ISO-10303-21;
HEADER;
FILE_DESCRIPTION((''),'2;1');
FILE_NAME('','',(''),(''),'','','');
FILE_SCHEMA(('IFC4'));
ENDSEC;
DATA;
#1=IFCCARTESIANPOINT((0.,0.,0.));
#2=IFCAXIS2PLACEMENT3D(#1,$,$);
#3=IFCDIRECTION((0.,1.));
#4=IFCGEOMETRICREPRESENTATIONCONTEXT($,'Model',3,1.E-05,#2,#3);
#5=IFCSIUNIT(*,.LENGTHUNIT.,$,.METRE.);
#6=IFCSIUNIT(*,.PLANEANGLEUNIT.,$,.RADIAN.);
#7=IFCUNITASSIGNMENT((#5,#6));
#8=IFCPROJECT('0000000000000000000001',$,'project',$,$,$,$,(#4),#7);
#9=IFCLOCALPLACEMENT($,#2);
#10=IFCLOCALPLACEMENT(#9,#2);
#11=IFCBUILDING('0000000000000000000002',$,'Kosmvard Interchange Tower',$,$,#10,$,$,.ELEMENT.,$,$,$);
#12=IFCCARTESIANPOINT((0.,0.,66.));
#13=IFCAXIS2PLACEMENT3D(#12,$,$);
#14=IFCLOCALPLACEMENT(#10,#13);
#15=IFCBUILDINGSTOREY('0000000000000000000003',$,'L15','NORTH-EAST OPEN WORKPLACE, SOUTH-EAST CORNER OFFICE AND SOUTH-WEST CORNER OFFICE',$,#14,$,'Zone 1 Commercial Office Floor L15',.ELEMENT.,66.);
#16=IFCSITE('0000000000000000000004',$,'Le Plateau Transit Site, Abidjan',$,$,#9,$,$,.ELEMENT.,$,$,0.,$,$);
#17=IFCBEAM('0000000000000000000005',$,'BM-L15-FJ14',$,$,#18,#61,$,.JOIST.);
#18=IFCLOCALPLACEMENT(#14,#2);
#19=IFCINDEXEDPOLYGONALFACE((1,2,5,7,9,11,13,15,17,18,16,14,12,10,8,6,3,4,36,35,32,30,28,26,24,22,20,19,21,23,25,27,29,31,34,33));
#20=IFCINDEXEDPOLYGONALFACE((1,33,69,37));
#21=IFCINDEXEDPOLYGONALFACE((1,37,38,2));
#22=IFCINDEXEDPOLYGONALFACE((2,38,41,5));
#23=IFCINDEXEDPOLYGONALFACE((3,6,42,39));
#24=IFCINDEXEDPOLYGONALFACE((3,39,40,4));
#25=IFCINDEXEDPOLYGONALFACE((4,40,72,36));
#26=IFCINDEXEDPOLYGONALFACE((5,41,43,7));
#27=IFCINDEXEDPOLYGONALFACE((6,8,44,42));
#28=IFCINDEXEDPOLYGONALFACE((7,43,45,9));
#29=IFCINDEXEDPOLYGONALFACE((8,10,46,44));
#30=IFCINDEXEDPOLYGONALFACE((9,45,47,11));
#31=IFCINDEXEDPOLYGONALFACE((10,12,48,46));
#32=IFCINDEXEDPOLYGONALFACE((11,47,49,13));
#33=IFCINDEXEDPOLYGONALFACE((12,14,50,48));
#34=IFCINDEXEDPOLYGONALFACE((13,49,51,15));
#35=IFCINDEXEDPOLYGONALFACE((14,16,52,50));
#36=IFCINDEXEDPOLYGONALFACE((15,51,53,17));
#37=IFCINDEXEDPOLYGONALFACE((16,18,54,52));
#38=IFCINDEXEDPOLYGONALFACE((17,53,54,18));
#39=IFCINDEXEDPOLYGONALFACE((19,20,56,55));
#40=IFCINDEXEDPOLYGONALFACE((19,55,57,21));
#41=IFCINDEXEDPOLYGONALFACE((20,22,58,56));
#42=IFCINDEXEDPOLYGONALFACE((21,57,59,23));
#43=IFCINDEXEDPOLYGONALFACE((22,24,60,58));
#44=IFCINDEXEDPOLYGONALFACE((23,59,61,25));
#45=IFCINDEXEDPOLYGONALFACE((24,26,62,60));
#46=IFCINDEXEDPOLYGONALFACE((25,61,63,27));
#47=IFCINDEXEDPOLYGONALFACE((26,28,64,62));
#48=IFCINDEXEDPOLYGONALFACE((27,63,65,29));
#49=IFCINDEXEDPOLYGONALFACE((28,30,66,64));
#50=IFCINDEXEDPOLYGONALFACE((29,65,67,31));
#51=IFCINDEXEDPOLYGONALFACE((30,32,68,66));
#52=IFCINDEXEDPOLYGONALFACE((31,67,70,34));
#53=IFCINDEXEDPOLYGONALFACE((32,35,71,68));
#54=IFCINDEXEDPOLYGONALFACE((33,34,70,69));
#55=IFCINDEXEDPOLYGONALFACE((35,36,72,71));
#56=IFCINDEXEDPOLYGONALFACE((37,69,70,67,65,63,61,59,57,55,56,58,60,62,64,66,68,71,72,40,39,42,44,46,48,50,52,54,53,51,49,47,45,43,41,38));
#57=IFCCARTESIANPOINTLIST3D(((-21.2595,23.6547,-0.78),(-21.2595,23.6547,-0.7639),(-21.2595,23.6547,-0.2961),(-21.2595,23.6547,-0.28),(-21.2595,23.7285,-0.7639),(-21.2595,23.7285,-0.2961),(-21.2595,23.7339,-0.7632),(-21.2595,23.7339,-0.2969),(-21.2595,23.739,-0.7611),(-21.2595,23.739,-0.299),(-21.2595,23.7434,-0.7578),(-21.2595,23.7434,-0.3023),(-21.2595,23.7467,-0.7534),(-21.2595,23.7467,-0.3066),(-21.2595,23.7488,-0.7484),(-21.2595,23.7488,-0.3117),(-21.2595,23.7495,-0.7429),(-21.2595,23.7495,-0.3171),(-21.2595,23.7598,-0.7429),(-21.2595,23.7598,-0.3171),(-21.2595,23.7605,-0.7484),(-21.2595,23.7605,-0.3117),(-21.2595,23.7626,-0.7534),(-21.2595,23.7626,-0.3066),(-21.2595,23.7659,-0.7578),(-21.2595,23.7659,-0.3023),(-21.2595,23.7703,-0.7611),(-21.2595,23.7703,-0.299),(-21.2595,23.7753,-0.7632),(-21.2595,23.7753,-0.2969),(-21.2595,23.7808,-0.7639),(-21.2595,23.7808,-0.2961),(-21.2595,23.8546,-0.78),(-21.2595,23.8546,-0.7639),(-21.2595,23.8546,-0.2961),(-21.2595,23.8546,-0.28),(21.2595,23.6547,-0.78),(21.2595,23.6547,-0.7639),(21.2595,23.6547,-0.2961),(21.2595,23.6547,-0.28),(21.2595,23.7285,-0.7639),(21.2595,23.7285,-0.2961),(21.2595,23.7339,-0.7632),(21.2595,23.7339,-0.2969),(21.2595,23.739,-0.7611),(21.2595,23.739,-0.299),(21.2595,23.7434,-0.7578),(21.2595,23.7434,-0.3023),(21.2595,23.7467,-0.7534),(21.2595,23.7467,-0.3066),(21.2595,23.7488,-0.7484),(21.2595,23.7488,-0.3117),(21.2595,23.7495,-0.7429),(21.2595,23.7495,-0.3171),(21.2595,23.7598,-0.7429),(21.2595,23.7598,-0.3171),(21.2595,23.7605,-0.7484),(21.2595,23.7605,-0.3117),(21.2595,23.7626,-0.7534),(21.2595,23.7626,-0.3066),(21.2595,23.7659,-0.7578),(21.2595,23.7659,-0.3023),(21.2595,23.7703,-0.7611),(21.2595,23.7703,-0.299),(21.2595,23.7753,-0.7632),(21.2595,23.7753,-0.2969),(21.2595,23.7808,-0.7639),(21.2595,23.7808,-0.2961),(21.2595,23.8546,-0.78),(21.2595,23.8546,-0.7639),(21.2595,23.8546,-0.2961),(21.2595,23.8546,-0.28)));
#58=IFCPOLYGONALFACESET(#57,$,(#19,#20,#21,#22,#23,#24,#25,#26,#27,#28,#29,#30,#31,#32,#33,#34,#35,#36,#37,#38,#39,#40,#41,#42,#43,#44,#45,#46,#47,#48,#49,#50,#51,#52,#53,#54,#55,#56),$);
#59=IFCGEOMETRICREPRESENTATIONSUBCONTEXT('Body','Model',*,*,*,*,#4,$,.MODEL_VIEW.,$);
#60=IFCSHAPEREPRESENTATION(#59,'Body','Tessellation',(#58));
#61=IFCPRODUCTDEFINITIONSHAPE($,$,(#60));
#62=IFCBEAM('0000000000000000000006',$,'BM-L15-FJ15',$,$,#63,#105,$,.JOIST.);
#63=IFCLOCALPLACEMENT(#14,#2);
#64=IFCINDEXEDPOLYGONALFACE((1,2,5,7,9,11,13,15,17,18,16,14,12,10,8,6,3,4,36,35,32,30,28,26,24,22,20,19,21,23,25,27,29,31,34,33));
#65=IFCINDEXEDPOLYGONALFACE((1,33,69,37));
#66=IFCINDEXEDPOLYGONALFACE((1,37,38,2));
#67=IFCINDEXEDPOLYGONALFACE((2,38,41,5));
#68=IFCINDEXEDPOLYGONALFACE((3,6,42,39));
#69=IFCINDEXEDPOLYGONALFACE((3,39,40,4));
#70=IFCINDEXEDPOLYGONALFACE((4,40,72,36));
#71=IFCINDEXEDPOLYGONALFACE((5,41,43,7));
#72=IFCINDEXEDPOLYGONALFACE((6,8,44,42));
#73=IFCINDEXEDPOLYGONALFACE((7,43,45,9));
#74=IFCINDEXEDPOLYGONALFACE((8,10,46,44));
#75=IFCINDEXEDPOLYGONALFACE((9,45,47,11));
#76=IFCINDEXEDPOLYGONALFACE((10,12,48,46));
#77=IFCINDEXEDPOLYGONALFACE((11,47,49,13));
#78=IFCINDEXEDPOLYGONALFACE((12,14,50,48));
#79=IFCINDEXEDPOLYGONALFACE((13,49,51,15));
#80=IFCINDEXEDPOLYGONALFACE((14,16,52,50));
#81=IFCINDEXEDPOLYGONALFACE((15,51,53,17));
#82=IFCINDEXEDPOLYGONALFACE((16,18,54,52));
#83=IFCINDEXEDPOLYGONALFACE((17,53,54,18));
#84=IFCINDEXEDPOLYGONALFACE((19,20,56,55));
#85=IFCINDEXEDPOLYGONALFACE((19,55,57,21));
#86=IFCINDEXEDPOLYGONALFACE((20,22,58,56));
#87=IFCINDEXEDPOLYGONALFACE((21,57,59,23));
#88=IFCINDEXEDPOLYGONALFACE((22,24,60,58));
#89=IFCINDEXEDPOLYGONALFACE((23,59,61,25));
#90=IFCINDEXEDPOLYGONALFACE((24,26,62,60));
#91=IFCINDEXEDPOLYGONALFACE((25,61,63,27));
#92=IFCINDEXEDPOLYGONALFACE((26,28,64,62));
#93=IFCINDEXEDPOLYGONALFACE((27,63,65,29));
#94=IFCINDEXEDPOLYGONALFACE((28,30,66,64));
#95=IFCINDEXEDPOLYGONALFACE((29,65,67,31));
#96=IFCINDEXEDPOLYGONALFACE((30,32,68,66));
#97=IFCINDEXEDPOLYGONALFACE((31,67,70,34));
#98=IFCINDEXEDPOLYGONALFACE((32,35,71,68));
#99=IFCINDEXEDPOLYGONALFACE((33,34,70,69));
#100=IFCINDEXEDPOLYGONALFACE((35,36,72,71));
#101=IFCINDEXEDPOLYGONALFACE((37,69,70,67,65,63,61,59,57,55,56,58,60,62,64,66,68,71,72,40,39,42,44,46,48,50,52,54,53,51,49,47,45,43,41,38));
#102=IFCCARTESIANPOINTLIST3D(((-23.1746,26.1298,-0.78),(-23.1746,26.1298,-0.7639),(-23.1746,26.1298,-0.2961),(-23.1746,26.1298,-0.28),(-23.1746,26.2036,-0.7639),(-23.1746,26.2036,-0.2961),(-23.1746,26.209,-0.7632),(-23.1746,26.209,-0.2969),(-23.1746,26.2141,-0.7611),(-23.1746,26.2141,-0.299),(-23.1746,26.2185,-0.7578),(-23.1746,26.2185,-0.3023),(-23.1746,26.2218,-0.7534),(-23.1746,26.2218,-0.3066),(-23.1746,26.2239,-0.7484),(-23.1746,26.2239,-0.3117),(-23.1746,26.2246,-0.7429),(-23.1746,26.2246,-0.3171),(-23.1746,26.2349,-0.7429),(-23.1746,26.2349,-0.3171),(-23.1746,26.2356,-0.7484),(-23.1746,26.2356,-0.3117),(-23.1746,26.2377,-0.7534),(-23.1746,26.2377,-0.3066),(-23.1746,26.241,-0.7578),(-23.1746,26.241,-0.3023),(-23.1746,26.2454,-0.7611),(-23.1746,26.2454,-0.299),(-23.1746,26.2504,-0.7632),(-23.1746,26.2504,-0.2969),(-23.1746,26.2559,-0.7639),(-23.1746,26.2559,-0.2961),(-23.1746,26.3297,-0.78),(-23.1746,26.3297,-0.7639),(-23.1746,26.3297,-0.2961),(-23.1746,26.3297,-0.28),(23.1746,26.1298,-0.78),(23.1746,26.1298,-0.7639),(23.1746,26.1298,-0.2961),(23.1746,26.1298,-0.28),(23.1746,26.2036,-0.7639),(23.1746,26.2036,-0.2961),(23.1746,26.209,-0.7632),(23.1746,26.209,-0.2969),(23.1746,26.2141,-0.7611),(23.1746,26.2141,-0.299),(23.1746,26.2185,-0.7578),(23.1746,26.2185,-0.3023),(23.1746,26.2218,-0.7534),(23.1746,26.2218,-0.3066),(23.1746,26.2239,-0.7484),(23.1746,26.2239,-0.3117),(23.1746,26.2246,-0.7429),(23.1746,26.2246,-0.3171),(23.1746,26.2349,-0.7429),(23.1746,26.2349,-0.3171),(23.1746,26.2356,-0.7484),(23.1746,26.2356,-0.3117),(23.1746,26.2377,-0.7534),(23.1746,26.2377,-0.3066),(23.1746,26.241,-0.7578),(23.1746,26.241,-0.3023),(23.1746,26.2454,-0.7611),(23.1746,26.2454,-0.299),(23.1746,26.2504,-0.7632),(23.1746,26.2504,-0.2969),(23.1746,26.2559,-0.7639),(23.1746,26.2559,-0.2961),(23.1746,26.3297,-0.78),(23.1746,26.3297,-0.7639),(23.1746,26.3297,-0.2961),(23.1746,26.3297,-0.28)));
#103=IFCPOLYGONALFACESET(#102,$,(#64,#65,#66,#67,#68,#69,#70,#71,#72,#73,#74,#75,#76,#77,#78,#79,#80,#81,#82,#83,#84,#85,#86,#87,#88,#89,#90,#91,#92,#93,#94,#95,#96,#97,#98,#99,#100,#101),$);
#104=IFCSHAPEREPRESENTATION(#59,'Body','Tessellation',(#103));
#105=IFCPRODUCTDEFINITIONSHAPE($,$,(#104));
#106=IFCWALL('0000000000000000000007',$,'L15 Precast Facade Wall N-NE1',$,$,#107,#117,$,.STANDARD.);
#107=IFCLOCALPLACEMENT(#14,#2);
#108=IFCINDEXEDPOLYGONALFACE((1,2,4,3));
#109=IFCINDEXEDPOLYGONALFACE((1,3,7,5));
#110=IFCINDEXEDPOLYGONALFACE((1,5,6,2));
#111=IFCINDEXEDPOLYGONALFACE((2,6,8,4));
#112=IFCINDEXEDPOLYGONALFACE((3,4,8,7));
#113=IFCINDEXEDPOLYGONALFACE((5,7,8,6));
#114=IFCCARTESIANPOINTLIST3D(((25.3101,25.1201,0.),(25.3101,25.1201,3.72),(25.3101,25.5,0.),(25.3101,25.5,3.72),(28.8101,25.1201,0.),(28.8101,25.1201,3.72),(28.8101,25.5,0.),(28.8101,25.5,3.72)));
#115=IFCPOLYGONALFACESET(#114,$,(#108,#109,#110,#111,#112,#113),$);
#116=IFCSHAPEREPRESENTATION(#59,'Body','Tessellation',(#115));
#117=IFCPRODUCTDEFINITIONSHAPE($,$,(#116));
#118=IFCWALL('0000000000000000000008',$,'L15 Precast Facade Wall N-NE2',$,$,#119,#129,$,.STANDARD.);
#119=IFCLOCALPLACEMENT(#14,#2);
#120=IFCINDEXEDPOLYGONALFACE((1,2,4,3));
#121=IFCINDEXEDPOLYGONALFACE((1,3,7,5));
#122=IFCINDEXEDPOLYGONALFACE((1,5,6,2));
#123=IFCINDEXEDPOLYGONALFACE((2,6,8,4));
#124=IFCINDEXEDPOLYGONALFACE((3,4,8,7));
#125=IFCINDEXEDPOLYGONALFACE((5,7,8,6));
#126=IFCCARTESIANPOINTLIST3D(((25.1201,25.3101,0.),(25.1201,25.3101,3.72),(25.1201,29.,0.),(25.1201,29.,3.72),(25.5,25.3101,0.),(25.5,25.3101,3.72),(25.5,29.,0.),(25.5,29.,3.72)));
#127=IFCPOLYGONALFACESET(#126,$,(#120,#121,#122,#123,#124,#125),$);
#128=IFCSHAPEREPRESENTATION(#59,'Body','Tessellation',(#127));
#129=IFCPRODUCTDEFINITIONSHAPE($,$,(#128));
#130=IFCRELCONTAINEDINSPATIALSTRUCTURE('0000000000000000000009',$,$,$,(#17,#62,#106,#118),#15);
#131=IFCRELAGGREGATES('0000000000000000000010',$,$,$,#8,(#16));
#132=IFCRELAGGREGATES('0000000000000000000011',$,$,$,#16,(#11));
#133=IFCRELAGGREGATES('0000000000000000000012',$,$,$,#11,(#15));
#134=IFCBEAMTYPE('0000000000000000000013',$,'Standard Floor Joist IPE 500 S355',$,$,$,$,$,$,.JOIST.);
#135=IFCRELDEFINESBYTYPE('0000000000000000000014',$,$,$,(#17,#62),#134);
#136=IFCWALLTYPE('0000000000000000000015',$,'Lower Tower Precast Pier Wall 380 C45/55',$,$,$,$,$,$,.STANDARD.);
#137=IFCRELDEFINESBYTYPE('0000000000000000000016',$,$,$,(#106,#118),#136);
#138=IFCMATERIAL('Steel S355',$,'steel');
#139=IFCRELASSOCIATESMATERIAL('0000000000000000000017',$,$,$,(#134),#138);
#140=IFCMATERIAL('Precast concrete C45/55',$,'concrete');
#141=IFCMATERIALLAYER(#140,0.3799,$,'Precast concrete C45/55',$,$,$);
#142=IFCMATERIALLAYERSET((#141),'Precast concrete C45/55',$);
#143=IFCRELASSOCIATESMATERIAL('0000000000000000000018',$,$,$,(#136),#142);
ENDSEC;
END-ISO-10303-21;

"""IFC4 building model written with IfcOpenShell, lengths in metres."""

from ifc_helpers import new_model, si_unit, direction, frame, frame_2d, origin, origin_2d, place, context, subcontext, project, spatial, rectangle, i_section, extrude, source, transform, mapped, material, layer, layer_set, material_profile, profile_set, type_object, element, save


model = new_model("IFC4")

# Units and contexts
model_context = context("Model", 3, precision=1e-05, world=origin(), true_north=direction((0.0, 1.0)))
body_context = subcontext(model_context, "Body", "Model", "MODEL_VIEW")
ifc_project = project(units=[si_unit("LENGTHUNIT", "METRE"), si_unit("PLANEANGLEUNIT", "RADIAN")], contexts=[model_context])

# Site, building, storey
site_placement = place(None, origin())
site = spatial("IfcSite", under=ifc_project, at=site_placement, Name="Le Plateau Transit Site, Abidjan", CompositionType="ELEMENT", RefElevation=0.0)
building_placement = place(site_placement, origin())
building = spatial("IfcBuilding", under=site, at=building_placement, Name="Kosmvard Interchange Tower", CompositionType="ELEMENT")
storey_placement = place(building_placement, frame((0.0, 0.0, 66.0)))
storey = spatial("IfcBuildingStorey", under=building, at=storey_placement, Name="L15", Description="NORTH-EAST OPEN WORKPLACE, SOUTH-EAST CORNER OFFICE AND SOUTH-WEST CORNER OFFICE", LongName="Zone 1 Commercial Office Floor L15", CompositionType="ELEMENT", Elevation=66.0)

# Beams
ifc_material_1 = material(Name="Steel S355", Category="steel")
ifc_material_2 = material(Name="Precast concrete C45/55", Category="concrete")
ifc_material_profile_1 = material_profile(ifc_material_1, i_section(OverallWidth=0.2, OverallDepth=0.5, WebThickness=0.0103, FlangeThickness=0.0161, FilletRadius=0.021, at=origin_2d()), Name="IPE 500")
ifc_profile_set_1 = profile_set([ifc_material_profile_1], Name="Steel S355")
beam_type_1 = type_object("IfcBeamType", Name="Standard Floor Joist IPE 500 S355", PredefinedType="JOIST", material=ifc_profile_set_1)
shared_shape_1 = source(origin(), body_context, "Body", "SweptSolid", [
    extrude(i_section(OverallWidth=0.2, OverallDepth=0.5, WebThickness=0.0103, FlangeThickness=0.0161, FilletRadius=0.021, at=origin_2d()), origin(), (0.0, 0.0, 1.0), 42.519),
])
beam_1_placement = place(storey_placement, frame((21.2595, 23.7546, -0.53), z_axis=(-1.0, 0.0, 0.0), x_axis=(0.0, -1.0, 0.0)))
element("IfcBeam", 1, at=beam_1_placement, inside=storey, type_object=beam_type_1, Name="BM-L15-FJ14", PredefinedType="JOIST", context=body_context, shape_type="MappedRepresentation", body=[
    mapped(shared_shape_1, transform((0.0, 0.0, 0.0), scale=1.0)),
])
shared_shape_2 = source(origin(), body_context, "Body", "SweptSolid", [
    extrude(i_section(OverallWidth=0.2, OverallDepth=0.5, WebThickness=0.0103, FlangeThickness=0.0161, FilletRadius=0.021, at=origin_2d()), origin(), (0.0, 0.0, 1.0), 46.3491),
])
beam_2_placement = place(storey_placement, frame((23.1746, 26.2297, -0.53), z_axis=(-1.0, 0.0, 0.0), x_axis=(0.0, -1.0, 0.0)))
element("IfcBeam", 2, at=beam_2_placement, inside=storey, type_object=beam_type_1, Name="BM-L15-FJ15", PredefinedType="JOIST", context=body_context, shape_type="MappedRepresentation", body=[
    mapped(shared_shape_2, transform((0.0, 0.0, 0.0), scale=1.0)),
])

# Walls
ifc_layer_1 = layer(ifc_material_2, 0.3799, Name="Precast concrete C45/55")
ifc_layer_set_1 = layer_set([ifc_layer_1], Name="Precast concrete C45/55")
wall_type_1 = type_object("IfcWallType", Name="Lower Tower Precast Pier Wall 380 C45/55", PredefinedType="STANDARD", material=ifc_layer_set_1)
wall_1_placement = place(storey_placement, frame((28.8101, 25.3101, 0.0), z_axis=(0.0, 0.0, 1.0), x_axis=(-1.0, 0.0, 0.0)))
element("IfcWall", 3, at=wall_1_placement, inside=storey, type_object=wall_type_1, Name="L15 Precast Facade Wall N-NE1", PredefinedType="STANDARD", context=body_context, shape_type="SweptSolid", body=[
    extrude(rectangle(XDim=3.5, YDim=0.3799, at=frame_2d((1.75, 0.0))), origin(), (0.0, 0.0, 1.0), 3.72),
])
wall_2_placement = place(storey_placement, frame((25.3101, 25.3101, 0.0), z_axis=(0.0, 0.0, 1.0), x_axis=(0.0, 1.0, 0.0)))
element("IfcWall", 4, at=wall_2_placement, inside=storey, type_object=wall_type_1, Name="L15 Precast Facade Wall N-NE2", PredefinedType="STANDARD", context=body_context, shape_type="SweptSolid", body=[
    extrude(rectangle(XDim=3.6899, YDim=0.3799, at=frame_2d((1.845, 0.0))), origin(), (0.0, 0.0, 1.0), 3.72),
])

save(model, "model.ifc")
